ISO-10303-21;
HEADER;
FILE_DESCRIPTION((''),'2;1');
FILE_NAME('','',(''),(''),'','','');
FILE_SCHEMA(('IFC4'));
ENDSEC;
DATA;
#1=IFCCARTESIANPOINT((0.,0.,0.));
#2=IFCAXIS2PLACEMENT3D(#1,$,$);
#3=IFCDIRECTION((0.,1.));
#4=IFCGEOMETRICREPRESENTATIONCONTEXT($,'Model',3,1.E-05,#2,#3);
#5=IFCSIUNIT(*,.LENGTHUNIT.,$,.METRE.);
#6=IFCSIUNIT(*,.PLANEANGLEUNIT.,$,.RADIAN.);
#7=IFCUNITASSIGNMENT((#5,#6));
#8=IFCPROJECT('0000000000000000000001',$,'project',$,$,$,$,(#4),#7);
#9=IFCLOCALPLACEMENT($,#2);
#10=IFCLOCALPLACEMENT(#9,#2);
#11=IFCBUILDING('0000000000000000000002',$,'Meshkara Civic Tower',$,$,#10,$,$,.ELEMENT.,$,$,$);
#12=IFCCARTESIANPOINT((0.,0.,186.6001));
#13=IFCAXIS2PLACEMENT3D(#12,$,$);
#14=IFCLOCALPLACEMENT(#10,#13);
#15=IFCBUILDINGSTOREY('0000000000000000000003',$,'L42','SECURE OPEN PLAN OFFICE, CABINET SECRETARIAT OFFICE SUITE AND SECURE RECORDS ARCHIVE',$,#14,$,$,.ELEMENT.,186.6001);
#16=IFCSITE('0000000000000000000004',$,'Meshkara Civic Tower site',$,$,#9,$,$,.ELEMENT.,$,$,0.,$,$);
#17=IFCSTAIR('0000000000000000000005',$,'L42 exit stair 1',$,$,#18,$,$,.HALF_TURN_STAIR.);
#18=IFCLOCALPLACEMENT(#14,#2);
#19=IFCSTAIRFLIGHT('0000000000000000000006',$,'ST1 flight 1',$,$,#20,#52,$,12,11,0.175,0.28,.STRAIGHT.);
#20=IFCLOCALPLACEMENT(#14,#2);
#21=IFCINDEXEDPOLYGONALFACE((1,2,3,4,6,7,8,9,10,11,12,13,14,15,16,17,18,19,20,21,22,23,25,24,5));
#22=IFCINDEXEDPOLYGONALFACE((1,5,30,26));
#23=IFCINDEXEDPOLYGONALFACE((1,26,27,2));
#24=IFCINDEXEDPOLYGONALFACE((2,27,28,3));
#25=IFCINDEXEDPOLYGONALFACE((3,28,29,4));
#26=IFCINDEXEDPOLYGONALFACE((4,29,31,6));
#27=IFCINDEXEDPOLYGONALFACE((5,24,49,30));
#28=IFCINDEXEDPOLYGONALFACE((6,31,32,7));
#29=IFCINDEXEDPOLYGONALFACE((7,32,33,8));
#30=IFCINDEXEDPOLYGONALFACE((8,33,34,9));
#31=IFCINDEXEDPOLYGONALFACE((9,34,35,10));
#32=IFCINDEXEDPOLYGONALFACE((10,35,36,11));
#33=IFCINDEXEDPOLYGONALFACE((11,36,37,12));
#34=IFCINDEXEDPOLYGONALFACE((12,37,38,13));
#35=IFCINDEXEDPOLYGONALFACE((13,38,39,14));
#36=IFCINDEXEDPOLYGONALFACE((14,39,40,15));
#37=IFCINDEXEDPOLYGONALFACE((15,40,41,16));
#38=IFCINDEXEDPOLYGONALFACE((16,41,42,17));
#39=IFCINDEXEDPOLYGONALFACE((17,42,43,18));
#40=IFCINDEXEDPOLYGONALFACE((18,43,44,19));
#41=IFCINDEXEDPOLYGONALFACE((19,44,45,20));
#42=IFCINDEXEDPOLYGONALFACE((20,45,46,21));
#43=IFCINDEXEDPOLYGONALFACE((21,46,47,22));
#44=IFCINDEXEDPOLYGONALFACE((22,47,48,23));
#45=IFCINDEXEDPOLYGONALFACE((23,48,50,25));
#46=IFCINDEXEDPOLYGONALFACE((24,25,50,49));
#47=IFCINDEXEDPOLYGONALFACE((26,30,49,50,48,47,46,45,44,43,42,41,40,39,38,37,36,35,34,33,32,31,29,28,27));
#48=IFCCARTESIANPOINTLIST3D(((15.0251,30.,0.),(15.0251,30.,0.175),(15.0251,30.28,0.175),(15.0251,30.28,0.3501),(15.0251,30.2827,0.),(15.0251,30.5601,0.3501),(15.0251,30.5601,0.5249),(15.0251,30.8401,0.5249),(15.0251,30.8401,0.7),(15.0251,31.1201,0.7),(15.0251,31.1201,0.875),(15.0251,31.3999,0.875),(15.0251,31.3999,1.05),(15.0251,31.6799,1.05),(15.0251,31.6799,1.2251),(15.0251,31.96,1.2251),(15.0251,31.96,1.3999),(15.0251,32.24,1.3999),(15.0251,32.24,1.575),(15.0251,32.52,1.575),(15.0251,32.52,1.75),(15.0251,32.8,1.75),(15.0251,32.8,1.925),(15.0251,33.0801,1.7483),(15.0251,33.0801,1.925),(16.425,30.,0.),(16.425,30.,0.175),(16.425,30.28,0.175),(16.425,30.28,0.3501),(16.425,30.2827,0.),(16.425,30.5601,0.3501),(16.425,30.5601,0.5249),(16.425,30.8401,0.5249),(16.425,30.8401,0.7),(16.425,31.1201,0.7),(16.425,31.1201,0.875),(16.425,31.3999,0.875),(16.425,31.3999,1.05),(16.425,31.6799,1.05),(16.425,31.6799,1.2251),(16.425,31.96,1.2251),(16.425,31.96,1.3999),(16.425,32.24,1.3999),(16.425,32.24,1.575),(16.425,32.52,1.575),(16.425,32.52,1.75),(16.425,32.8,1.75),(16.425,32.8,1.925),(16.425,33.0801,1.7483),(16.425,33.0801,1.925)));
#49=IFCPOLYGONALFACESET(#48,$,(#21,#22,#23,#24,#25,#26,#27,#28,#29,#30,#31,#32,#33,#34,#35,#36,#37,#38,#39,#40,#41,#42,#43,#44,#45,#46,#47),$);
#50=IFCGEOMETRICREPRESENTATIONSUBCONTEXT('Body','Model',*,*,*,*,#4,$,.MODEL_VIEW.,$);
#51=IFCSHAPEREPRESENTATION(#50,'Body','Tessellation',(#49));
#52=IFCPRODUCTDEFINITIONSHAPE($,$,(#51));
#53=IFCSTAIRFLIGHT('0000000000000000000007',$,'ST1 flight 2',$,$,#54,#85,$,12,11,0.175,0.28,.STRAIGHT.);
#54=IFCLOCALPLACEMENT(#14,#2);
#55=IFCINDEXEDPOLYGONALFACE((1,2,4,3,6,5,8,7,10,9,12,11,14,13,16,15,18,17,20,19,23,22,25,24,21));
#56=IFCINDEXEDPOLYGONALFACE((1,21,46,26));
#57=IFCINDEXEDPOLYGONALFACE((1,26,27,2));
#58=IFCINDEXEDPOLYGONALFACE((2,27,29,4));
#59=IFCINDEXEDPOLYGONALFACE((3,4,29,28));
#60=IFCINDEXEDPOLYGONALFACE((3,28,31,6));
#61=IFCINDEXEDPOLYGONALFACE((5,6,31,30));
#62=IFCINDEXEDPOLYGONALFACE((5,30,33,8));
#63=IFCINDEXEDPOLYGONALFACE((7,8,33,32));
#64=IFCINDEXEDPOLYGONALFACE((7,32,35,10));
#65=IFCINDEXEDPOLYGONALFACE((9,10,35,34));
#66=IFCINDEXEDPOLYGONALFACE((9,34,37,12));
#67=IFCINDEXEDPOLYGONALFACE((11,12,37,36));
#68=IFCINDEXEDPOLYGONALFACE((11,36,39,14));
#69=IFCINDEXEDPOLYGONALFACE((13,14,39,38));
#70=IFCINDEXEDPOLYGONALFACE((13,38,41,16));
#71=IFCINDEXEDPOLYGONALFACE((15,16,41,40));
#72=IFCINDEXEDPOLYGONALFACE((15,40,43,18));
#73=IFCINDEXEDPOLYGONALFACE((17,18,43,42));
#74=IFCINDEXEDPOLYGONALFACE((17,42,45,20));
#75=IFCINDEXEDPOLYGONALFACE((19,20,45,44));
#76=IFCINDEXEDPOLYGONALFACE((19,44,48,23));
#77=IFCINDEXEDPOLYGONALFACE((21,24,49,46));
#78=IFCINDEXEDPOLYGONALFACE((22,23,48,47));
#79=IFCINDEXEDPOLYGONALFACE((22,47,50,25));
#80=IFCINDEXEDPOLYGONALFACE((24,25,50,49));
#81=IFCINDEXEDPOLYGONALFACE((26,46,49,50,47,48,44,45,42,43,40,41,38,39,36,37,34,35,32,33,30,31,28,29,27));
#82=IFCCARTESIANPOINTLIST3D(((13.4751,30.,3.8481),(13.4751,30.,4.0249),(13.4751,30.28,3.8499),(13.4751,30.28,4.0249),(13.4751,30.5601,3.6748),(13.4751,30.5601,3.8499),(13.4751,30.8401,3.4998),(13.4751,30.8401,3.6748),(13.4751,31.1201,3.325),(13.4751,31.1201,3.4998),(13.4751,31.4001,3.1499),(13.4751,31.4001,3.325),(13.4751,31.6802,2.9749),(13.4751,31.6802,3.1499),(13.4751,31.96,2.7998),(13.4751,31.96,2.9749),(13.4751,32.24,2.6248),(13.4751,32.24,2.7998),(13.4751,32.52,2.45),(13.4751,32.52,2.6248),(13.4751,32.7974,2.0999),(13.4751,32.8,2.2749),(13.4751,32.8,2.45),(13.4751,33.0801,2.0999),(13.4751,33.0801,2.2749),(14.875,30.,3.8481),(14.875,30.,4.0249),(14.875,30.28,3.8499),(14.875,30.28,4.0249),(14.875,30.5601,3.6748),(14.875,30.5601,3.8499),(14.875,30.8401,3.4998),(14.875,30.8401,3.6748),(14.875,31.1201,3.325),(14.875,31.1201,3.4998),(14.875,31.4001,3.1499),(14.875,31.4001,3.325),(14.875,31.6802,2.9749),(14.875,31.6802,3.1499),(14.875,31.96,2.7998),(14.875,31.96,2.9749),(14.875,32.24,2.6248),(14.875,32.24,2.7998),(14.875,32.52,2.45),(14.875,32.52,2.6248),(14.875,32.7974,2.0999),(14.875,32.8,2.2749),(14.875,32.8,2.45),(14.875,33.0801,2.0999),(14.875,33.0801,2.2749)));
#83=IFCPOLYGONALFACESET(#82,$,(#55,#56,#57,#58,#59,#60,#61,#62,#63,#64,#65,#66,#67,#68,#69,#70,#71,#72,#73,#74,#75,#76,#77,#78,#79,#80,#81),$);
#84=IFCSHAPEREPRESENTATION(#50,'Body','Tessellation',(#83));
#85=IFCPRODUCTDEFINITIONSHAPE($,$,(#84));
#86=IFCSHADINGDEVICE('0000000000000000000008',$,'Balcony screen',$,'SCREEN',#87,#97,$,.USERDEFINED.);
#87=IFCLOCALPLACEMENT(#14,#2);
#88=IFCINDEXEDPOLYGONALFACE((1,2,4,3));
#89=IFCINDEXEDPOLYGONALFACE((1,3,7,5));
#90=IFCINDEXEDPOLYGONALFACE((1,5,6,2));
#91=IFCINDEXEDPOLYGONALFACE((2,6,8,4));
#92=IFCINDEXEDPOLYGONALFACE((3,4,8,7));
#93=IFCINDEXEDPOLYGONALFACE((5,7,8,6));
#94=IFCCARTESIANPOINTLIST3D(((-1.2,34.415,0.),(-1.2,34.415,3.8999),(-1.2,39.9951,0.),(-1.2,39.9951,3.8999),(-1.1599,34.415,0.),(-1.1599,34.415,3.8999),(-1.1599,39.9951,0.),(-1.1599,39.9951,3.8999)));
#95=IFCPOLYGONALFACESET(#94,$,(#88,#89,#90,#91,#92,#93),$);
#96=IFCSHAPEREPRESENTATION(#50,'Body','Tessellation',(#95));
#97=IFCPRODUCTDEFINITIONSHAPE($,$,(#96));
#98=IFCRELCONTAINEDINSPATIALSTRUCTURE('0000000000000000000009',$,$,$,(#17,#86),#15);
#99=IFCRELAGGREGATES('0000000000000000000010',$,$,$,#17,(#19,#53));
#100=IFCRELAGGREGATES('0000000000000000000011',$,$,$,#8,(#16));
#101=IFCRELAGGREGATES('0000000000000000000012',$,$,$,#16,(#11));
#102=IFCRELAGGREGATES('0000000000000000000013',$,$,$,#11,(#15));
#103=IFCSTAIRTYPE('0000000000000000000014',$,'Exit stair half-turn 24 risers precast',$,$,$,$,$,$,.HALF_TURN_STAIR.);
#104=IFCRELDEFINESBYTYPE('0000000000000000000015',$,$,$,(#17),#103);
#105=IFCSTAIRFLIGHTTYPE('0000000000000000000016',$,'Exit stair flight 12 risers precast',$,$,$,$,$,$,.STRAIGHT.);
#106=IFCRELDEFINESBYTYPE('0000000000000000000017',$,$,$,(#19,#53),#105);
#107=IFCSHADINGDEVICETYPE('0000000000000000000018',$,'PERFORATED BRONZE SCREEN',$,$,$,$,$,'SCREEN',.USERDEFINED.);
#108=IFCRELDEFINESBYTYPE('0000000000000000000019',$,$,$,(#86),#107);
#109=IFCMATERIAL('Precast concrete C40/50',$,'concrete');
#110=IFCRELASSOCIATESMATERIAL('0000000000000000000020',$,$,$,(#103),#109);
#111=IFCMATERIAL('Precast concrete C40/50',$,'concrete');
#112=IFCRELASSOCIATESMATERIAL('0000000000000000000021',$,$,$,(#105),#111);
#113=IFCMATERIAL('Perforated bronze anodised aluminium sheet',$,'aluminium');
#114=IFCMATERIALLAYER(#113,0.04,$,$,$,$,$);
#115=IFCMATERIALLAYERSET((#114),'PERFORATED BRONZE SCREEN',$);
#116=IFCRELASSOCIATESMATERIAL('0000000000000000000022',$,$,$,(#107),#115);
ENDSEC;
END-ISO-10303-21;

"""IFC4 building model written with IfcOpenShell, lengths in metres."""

from ifc_helpers import new_model, si_unit, direction, frame, origin, origin_2d, place, context, subcontext, project, spatial, polyline, rectangle, outline, extrude, material, layer, layer_set, type_object, element, aggregate, save


model = new_model("IFC4")

# Units and contexts
model_context = context("Model", 3, precision=1e-05, world=origin(), true_north=direction((0.0, 1.0)))
body_context = subcontext(model_context, "Body", "Model", "MODEL_VIEW")
ifc_project = project(units=[si_unit("LENGTHUNIT", "METRE"), si_unit("PLANEANGLEUNIT", "RADIAN")], contexts=[model_context])

# Site, building, storey
site_placement = place(None, origin())
site = spatial("IfcSite", under=ifc_project, at=site_placement, Name="Meshkara Civic Tower site", CompositionType="ELEMENT", RefElevation=0.0)
building_placement = place(site_placement, origin())
building = spatial("IfcBuilding", under=site, at=building_placement, Name="Meshkara Civic Tower", CompositionType="ELEMENT")
storey_placement = place(building_placement, frame((0.0, 0.0, 186.6001)))
storey = spatial("IfcBuildingStorey", under=building, at=storey_placement, Name="L42", Description="SECURE OPEN PLAN OFFICE, CABINET SECRETARIAT OFFICE SUITE AND SECURE RECORDS ARCHIVE", CompositionType="ELEMENT", Elevation=186.6001)

# Stair, stair flights
ifc_material_1 = material(Name="Precast concrete C40/50", Category="concrete")
stair_type = type_object("IfcStairType", Name="Exit stair half-turn 24 risers precast", PredefinedType="HALF_TURN_STAIR", material=ifc_material_1)
stair_placement = place(storey_placement, origin())
stair = element("IfcStair", 1, at=stair_placement, inside=storey, type_object=stair_type, Name="L42 exit stair 1", PredefinedType="HALF_TURN_STAIR")
ifc_material_2 = material(Name="Precast concrete C40/50", Category="concrete")
stair_flight_type = type_object("IfcStairFlightType", Name="Exit stair flight 12 risers precast", PredefinedType="STRAIGHT", material=ifc_material_2)
stair_flight_1_placement = place(storey_placement, frame((15.7251, 30.0, 0.0), z_axis=(0.0, 0.0, 1.0), x_axis=(0.0, 1.0, 0.0)))
stair_flight_1 = element("IfcStairFlight", 2, at=stair_flight_1_placement, type_object=stair_flight_type, Name="ST1 flight 1", NumberOfRisers=12, NumberOfTreads=11, PredefinedType="STRAIGHT", RiserHeight=0.175, TreadLength=0.28, context=body_context, shape_type="SweptSolid", body=[
    extrude(outline(polyline([(0.0, 0.0), (0.0, 0.175), (0.28, 0.175), (0.28, 0.3501), (0.5601, 0.3501), (0.5601, 0.5249), (0.8401, 0.5249), (0.8401, 0.7), (1.1201, 0.7), (1.1201, 0.875), (1.3999, 0.875), (1.3999, 1.05), (1.6799, 1.05), (1.6799, 1.2251), (1.96, 1.2251), (1.96, 1.3999), (2.24, 1.3999), (2.24, 1.575), (2.52, 1.575), (2.52, 1.75), (2.8, 1.75), (2.8, 1.925), (3.0801, 1.925), (3.0801, 2.1001), (3.0801, 1.7483), (0.2827, 0.0), (0.0, 0.0)])), frame((0.0, 0.7, 0.0), z_axis=(0.0, -1.0, 0.0), x_axis=(1.0, 0.0, 0.0)), (0.0, 0.0, 1.0), 1.3999),
])
stair_flight_2_placement = place(storey_placement, frame((14.175, 33.0801, 2.0999), z_axis=(0.0, 0.0, 1.0), x_axis=(0.0, -1.0, 0.0)))
stair_flight_2 = element("IfcStairFlight", 3, at=stair_flight_2_placement, type_object=stair_flight_type, Name="ST1 flight 2", NumberOfRisers=12, NumberOfTreads=11, PredefinedType="STRAIGHT", RiserHeight=0.175, TreadLength=0.28, context=body_context, shape_type="SweptSolid", body=[
    extrude(outline(polyline([(0.0, 0.0), (0.0, 0.175), (0.28, 0.175), (0.28, 0.3501), (0.5601, 0.3501), (0.5601, 0.5249), (0.8401, 0.5249), (0.8401, 0.7), (1.1201, 0.7), (1.1201, 0.875), (1.3999, 0.875), (1.3999, 1.05), (1.6799, 1.05), (1.6799, 1.2251), (1.96, 1.2251), (1.96, 1.3999), (2.24, 1.3999), (2.24, 1.575), (2.52, 1.575), (2.52, 1.75), (2.8, 1.75), (2.8, 1.925), (3.0801, 1.925), (3.0801, 2.1001), (3.0801, 1.7483), (0.2827, 0.0), (0.0, 0.0)])), frame((0.0, 0.7, 0.0), z_axis=(0.0, -1.0, 0.0), x_axis=(1.0, 0.0, 0.0)), (0.0, 0.0, 1.0), 1.3999),
])
aggregate(stair, [stair_flight_1, stair_flight_2])

# Shading device
ifc_material_3 = material(Name="Perforated bronze anodised aluminium sheet", Category="aluminium")
ifc_layer_1 = layer(ifc_material_3, 0.04)
ifc_layer_set_1 = layer_set([ifc_layer_1], Name="PERFORATED BRONZE SCREEN")
shading_device_type = type_object("IfcShadingDeviceType", Name="PERFORATED BRONZE SCREEN", ElementType="SCREEN", PredefinedType="USERDEFINED", material=ifc_layer_set_1)
shading_device_placement = place(storey_placement, frame((-1.1799, 37.2051, 0.0), z_axis=(0.0, 0.0, 1.0), x_axis=(0.0, -1.0, 0.0)))
element("IfcShadingDevice", 4, at=shading_device_placement, inside=storey, type_object=shading_device_type, Name="Balcony screen", ObjectType="SCREEN", PredefinedType="USERDEFINED", context=body_context, shape_type="SweptSolid", body=[
    extrude(rectangle(XDim=5.5801, YDim=0.04, at=origin_2d()), origin(), (0.0, 0.0, 1.0), 3.8999),
])

save(model, "model.ifc")
